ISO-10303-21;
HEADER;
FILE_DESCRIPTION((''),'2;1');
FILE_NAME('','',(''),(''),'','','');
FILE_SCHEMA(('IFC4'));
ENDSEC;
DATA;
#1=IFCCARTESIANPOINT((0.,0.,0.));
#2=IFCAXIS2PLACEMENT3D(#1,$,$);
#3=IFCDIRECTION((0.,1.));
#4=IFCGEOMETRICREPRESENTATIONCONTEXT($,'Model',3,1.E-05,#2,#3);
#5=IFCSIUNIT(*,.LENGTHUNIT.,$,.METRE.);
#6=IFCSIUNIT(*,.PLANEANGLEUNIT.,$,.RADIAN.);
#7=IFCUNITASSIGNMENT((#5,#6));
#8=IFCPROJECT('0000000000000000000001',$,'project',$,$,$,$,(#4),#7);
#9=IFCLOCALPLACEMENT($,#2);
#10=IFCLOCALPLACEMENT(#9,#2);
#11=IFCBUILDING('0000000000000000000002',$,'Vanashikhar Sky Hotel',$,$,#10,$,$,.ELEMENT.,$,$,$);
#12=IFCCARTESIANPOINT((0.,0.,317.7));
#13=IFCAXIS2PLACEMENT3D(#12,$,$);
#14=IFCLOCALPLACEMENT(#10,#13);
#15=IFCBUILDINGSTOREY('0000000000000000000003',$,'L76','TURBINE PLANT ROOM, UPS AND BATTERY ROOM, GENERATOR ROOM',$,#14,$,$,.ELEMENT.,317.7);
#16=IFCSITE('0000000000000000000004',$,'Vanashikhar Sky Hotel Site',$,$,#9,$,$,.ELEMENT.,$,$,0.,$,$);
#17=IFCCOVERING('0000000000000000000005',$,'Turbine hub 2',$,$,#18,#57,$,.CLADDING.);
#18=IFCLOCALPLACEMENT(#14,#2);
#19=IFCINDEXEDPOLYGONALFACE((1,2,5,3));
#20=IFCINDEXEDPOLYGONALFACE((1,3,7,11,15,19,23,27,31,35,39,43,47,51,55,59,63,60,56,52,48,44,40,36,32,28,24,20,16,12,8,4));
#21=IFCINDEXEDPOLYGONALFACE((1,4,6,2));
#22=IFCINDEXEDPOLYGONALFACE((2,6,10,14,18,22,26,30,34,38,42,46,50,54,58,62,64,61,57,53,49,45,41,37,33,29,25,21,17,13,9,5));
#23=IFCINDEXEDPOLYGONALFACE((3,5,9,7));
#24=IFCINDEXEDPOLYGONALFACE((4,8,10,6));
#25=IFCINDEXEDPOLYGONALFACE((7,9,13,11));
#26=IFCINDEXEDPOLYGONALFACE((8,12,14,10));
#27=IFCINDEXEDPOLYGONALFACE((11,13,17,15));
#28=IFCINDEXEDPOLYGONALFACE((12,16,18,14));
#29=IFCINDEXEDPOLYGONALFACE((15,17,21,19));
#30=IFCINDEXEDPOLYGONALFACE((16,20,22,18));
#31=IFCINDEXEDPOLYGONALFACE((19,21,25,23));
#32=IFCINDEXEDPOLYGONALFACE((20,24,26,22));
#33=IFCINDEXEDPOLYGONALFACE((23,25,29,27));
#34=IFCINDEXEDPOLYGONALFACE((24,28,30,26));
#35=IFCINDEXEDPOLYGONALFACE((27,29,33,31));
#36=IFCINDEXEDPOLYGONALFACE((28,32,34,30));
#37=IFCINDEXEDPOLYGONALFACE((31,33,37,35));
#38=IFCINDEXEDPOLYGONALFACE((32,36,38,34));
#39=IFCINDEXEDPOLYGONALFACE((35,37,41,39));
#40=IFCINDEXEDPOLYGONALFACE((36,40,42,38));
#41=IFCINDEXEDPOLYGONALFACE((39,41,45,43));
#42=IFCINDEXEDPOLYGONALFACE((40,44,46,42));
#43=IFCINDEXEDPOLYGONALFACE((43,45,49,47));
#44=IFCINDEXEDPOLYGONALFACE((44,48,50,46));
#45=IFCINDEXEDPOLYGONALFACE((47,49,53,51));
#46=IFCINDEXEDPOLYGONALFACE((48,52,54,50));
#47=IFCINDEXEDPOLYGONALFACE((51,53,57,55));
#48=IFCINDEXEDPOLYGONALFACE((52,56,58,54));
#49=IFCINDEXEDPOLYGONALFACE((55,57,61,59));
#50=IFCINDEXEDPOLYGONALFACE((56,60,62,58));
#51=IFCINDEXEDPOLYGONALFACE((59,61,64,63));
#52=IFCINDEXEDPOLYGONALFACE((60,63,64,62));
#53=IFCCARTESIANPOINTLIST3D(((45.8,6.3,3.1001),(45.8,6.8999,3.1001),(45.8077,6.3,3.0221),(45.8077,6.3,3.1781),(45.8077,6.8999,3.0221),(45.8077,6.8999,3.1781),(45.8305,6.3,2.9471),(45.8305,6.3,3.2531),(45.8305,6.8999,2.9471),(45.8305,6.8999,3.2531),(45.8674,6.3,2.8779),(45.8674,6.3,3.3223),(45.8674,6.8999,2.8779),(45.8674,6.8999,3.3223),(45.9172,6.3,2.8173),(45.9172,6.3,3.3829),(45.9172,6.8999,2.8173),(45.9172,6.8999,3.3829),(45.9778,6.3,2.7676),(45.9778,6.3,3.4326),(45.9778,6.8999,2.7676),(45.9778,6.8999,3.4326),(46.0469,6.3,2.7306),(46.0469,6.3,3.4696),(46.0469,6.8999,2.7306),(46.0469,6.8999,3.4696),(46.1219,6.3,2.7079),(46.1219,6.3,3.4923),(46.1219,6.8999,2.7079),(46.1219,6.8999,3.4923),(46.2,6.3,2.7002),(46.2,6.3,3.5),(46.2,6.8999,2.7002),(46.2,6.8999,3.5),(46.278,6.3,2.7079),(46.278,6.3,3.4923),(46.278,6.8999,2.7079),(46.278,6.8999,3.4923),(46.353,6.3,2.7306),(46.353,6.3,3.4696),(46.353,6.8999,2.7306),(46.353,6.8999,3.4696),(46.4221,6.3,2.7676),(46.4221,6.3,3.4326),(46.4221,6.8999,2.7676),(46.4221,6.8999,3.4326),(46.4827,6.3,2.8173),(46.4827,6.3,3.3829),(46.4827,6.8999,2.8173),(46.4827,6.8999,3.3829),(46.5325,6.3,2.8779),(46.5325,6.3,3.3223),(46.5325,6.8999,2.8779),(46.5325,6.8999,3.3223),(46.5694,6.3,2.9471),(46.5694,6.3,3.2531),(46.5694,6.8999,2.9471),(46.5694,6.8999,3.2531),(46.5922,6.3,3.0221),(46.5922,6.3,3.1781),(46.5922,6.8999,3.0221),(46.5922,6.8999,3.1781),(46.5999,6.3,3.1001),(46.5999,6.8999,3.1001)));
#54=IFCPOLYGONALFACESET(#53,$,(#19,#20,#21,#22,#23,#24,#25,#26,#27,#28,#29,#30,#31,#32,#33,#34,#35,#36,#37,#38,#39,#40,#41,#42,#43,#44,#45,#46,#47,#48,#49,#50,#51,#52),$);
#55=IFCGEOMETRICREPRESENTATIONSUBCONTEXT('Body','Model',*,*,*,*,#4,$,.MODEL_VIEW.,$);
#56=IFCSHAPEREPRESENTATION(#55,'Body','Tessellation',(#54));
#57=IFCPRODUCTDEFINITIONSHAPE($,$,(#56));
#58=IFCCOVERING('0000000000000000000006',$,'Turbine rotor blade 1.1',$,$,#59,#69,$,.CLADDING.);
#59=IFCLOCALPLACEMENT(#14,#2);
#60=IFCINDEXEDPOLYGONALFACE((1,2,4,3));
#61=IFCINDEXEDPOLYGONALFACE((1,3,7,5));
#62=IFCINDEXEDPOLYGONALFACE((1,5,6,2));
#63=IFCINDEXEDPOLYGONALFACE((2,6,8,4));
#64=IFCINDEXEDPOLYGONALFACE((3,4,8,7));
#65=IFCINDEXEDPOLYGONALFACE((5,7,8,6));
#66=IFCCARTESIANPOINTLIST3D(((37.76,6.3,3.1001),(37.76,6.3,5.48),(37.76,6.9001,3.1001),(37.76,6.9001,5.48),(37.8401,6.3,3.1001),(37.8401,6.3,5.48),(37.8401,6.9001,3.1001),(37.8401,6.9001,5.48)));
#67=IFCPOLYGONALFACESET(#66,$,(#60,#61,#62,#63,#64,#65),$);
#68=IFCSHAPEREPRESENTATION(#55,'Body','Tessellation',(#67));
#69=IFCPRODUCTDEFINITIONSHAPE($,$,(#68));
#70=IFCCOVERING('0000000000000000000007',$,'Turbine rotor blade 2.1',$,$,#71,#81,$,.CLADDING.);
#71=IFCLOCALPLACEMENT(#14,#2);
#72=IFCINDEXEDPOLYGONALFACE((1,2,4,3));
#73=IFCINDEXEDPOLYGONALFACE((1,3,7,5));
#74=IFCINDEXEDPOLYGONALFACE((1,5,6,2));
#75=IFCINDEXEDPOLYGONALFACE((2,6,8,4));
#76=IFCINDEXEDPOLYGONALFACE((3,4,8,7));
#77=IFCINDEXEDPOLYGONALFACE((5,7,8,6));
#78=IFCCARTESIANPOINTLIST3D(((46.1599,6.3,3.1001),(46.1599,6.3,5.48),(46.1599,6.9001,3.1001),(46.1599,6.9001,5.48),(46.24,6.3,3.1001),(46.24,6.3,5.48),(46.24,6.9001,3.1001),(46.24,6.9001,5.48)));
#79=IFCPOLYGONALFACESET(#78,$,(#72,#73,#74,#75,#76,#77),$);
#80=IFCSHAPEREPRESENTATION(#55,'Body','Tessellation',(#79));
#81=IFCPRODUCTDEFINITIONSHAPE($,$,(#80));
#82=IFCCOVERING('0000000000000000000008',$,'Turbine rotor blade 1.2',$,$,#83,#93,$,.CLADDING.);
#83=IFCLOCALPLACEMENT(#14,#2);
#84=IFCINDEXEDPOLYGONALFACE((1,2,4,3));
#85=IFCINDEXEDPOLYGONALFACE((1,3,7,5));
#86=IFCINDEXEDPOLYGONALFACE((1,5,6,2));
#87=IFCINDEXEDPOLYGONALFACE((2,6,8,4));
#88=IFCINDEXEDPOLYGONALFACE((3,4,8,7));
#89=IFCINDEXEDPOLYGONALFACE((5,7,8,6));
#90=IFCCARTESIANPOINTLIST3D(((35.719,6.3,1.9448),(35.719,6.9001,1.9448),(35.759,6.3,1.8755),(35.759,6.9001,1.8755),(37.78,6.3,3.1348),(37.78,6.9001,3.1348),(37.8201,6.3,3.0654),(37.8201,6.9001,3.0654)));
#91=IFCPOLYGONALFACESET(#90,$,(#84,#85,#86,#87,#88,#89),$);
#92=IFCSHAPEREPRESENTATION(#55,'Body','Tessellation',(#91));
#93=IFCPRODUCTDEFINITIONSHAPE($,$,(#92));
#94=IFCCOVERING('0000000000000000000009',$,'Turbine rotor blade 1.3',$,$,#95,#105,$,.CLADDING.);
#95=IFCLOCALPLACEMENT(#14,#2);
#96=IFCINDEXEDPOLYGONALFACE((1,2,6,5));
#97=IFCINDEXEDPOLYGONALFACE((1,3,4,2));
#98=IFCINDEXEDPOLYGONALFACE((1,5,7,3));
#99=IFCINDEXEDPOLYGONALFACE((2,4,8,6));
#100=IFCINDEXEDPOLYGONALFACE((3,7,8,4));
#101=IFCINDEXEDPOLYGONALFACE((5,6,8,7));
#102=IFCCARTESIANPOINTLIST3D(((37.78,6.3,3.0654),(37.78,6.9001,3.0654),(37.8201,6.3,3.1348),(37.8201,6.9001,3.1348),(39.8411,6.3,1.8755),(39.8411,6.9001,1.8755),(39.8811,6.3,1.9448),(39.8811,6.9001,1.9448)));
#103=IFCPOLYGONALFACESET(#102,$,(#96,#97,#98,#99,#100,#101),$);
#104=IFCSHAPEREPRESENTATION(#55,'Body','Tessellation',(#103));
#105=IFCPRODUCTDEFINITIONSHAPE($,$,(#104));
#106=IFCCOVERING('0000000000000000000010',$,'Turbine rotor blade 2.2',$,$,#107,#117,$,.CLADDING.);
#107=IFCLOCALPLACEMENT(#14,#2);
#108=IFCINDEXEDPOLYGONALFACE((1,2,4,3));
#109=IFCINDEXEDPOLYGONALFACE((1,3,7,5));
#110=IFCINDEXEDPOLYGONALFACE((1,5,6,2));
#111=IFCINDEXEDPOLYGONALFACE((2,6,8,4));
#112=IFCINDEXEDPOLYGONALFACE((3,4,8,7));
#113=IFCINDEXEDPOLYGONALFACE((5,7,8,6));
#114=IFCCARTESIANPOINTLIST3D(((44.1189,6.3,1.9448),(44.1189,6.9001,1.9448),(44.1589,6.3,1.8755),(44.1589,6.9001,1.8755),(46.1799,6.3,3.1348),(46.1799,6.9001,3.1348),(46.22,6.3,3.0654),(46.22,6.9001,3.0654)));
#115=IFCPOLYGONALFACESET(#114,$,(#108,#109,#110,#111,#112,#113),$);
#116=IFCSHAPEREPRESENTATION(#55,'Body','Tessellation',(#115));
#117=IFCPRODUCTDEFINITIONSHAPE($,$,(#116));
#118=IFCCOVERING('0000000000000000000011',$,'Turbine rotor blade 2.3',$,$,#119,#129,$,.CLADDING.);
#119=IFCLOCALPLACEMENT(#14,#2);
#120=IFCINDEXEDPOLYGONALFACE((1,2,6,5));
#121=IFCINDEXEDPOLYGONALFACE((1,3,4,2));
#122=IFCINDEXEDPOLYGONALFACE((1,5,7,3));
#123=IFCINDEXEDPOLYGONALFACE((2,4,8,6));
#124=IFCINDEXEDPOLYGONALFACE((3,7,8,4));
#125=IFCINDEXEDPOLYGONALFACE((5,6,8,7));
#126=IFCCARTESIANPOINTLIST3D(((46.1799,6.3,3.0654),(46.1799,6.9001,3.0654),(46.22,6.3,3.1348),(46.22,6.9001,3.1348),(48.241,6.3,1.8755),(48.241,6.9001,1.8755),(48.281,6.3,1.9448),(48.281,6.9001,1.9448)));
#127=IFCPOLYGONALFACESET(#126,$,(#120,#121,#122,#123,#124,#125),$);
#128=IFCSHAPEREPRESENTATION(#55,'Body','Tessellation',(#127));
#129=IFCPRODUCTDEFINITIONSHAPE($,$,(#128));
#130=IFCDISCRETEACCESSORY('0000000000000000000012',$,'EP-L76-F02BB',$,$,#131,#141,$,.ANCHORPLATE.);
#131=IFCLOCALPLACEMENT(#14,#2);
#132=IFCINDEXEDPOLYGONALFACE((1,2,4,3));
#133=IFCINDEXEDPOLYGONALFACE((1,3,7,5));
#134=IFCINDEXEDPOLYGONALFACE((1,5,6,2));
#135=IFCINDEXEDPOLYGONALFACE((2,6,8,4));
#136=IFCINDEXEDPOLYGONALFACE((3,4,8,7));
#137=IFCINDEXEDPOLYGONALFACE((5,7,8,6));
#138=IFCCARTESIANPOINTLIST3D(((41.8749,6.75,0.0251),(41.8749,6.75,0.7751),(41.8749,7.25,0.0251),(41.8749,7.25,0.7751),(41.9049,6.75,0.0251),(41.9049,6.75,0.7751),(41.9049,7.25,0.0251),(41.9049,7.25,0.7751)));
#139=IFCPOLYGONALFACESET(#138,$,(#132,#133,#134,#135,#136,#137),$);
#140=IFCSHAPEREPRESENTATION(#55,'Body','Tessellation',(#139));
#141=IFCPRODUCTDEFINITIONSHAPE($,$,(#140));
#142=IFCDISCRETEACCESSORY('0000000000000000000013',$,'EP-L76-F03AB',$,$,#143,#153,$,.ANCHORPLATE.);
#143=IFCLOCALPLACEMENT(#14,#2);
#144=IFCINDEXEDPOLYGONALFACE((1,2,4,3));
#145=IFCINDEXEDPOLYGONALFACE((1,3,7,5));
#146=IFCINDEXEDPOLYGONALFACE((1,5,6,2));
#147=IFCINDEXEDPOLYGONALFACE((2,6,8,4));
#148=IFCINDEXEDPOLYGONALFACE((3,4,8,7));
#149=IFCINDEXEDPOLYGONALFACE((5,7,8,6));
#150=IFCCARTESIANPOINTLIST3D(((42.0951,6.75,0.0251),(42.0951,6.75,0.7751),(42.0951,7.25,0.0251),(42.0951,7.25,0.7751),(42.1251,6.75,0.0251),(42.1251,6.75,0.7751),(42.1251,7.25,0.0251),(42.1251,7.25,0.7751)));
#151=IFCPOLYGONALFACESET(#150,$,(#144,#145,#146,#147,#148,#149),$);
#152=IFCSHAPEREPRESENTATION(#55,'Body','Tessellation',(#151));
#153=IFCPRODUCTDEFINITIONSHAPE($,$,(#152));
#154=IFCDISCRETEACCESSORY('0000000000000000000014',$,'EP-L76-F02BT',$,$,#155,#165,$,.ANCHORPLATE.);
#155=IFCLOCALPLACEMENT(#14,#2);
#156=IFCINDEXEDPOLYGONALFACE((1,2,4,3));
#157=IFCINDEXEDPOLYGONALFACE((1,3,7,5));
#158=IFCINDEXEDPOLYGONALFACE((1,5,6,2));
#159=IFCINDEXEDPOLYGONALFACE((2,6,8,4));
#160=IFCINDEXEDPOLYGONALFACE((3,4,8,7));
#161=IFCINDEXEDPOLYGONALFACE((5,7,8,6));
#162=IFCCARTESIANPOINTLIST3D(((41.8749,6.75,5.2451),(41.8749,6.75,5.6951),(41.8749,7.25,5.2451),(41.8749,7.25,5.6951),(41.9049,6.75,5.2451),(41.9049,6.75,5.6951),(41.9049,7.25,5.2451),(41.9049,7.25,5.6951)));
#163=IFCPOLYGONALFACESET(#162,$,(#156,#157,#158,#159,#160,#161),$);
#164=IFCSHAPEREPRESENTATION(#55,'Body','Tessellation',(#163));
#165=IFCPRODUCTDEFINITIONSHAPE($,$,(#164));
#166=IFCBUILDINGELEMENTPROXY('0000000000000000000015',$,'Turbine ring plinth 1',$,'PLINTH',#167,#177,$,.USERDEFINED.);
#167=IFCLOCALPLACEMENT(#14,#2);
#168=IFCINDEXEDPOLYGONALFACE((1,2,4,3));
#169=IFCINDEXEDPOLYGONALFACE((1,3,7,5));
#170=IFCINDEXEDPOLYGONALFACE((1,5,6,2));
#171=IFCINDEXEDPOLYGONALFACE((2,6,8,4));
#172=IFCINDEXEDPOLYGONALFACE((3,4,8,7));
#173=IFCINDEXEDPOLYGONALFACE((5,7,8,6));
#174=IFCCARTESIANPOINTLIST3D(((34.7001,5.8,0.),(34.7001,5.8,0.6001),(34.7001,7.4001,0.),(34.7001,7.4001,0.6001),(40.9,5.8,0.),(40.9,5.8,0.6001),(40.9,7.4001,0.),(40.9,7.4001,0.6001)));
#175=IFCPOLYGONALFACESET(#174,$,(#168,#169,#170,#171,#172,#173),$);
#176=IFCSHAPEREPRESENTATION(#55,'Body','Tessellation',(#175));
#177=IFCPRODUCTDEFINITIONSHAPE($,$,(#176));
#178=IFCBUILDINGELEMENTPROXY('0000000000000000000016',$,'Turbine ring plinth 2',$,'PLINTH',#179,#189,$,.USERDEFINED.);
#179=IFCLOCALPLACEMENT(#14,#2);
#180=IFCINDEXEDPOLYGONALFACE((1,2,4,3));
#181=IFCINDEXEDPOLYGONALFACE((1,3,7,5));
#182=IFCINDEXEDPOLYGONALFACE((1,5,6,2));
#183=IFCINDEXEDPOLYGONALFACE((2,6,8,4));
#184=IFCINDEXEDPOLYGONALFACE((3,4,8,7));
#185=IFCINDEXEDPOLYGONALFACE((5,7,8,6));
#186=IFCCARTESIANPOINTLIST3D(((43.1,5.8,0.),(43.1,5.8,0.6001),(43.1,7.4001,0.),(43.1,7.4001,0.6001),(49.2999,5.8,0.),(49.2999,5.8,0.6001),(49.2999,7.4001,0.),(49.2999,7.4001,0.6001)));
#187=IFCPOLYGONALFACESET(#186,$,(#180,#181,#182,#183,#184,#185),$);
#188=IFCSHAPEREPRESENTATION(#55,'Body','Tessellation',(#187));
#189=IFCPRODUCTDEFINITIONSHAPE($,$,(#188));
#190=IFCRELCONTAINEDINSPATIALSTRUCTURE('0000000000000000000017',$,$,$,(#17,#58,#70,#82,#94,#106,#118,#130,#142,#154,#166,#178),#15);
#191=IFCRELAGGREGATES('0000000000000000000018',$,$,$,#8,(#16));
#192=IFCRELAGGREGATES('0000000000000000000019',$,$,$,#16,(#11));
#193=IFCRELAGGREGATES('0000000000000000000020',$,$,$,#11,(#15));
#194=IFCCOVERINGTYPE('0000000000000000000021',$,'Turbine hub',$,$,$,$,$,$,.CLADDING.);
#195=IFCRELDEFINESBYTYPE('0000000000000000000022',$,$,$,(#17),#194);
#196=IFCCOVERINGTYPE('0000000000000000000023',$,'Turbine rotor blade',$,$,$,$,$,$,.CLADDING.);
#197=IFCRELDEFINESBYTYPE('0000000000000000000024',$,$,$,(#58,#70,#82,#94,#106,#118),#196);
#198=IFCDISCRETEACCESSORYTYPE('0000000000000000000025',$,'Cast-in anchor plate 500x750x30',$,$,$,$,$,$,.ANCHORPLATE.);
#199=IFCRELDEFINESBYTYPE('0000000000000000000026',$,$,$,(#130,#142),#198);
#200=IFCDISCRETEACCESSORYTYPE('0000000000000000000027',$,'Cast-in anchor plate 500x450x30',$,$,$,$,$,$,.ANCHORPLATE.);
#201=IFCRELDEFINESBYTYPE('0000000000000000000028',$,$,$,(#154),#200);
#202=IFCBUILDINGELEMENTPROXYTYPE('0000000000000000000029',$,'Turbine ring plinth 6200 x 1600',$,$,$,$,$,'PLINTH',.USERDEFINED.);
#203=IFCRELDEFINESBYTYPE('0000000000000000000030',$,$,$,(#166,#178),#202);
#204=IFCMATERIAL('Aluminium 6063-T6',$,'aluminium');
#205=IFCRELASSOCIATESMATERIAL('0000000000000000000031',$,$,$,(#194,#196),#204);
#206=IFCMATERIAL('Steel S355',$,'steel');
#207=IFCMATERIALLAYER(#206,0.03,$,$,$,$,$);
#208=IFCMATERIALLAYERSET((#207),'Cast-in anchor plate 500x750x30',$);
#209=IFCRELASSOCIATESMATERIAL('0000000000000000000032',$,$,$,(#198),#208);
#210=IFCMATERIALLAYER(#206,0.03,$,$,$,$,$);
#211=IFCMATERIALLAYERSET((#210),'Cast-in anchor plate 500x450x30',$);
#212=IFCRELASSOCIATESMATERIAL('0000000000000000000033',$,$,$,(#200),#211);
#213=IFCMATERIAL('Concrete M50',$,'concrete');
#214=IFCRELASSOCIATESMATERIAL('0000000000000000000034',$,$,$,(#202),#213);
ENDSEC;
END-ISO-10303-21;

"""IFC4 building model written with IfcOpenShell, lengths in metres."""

from ifc_helpers import new_model, si_unit, direction, frame, origin, origin_2d, place, context, subcontext, project, spatial, rectangle, circle, extrude, source, transform, mapped, material, layer, layer_set, material_profile, profile_set, type_object, element, save


model = new_model("IFC4")

# Units and contexts
model_context = context("Model", 3, precision=1e-05, world=origin(), true_north=direction((0.0, 1.0)))
body_context = subcontext(model_context, "Body", "Model", "MODEL_VIEW")
ifc_project = project(units=[si_unit("LENGTHUNIT", "METRE"), si_unit("PLANEANGLEUNIT", "RADIAN")], contexts=[model_context])

# Site, building, storey
site_placement = place(None, origin())
site = spatial("IfcSite", under=ifc_project, at=site_placement, Name="Vanashikhar Sky Hotel Site", CompositionType="ELEMENT", RefElevation=0.0)
building_placement = place(site_placement, origin())
building = spatial("IfcBuilding", under=site, at=building_placement, Name="Vanashikhar Sky Hotel", CompositionType="ELEMENT")
storey_placement = place(building_placement, frame((0.0, 0.0, 317.7)))
storey = spatial("IfcBuildingStorey", under=building, at=storey_placement, Name="L76", Description="TURBINE PLANT ROOM, UPS AND BATTERY ROOM, GENERATOR ROOM", CompositionType="ELEMENT", Elevation=317.7)

# Shared definitions
ifc_material_1 = material(Name="Steel S355", Category="steel")

# Shared definitions
ifc_material_2 = material(Name="Concrete M50", Category="concrete")

# Coverings
ifc_material_3 = material(Name="Aluminium 6063-T6", Category="aluminium")
ifc_material_profile_1 = material_profile(ifc_material_3, circle(Radius=0.3999, at=origin_2d()))
ifc_profile_set_1 = profile_set([ifc_material_profile_1], Name="Turbine hub")
covering_type_1 = type_object("IfcCoveringType", Name="Turbine hub", PredefinedType="CLADDING", material=ifc_profile_set_1)
shared_shape_1 = source(origin(), body_context, "Body", "SweptSolid", [
    extrude(circle(Radius=0.3999, at=origin_2d()), origin(), (0.0, 0.0, 1.0), 0.5999),
])
covering_1_placement = place(storey_placement, frame((46.2, 6.3, 3.1001), z_axis=(0.0, 1.0, 0.0), x_axis=(-1.0, 0.0, 0.0)))
element("IfcCovering", 1, at=covering_1_placement, inside=storey, type_object=covering_type_1, Name="Turbine hub 2", PredefinedType="CLADDING", context=body_context, shape_type="MappedRepresentation", body=[
    mapped(shared_shape_1, transform((0.0, 0.0, 0.0), scale=1.0)),
])
ifc_material_profile_2 = material_profile(ifc_material_3, rectangle(XDim=0.6001, YDim=0.0801, at=origin_2d()))
ifc_profile_set_2 = profile_set([ifc_material_profile_2], Name="Turbine rotor blade")
covering_type_2 = type_object("IfcCoveringType", Name="Turbine rotor blade", PredefinedType="CLADDING", material=ifc_profile_set_2)
shared_shape_2 = source(origin(), body_context, "Body", "SweptSolid", [
    extrude(rectangle(XDim=0.6001, YDim=0.0801, at=origin_2d()), origin(), (0.0, 0.0, 1.0), 2.3799),
])
for number, where, z_axis, x_axis, name in (
    (2, (37.8, 6.6001, 3.1001), (0.0, 0.0, 1.0), (0.0, 1.0, 0.0), "Turbine rotor blade 1.1"),
    (3, (46.2, 6.6001, 3.1001), (0.0, 0.0, 1.0), (0.0, 1.0, 0.0), "Turbine rotor blade 2.1"),
):
    element("IfcCovering", number, at=place(storey_placement, frame(where, z_axis=z_axis, x_axis=x_axis)), inside=storey, type_object=covering_type_2, Name=name, PredefinedType="CLADDING", context=body_context, shape_type="MappedRepresentation", body=[
        mapped(shared_shape_2, transform((0.0, 0.0, 0.0), scale=1.0)),
    ])
shared_shape_3 = source(origin(), body_context, "Body", "SweptSolid", [
    extrude(rectangle(XDim=0.6001, YDim=0.0801, at=origin_2d()), origin(), (0.0, 0.0, 1.0), 2.3799),
])
for number, where, z_axis, x_axis, name in (
    (4, (37.8, 6.6001, 3.1001), (-0.866025, 0.0, -0.500001), (0.0, -1.0, 0.0), "Turbine rotor blade 1.2"),
    (5, (37.8, 6.6001, 3.1001), (0.866025, 0.0, -0.500001), (0.0, 1.0, 0.0), "Turbine rotor blade 1.3"),
    (6, (46.2, 6.6001, 3.1001), (-0.866025, 0.0, -0.500001), (0.0, -1.0, 0.0), "Turbine rotor blade 2.2"),
    (7, (46.2, 6.6001, 3.1001), (0.866025, 0.0, -0.500001), (0.0, 1.0, 0.0), "Turbine rotor blade 2.3"),
):
    element("IfcCovering", number, at=place(storey_placement, frame(where, z_axis=z_axis, x_axis=x_axis)), inside=storey, type_object=covering_type_2, Name=name, PredefinedType="CLADDING", context=body_context, shape_type="MappedRepresentation", body=[
        mapped(shared_shape_3, transform((0.0, 0.0, 0.0), scale=1.0)),
    ])

# Discrete accessories
ifc_layer_1 = layer(ifc_material_1, 0.03)
ifc_layer_set_1 = layer_set([ifc_layer_1], Name="Cast-in anchor plate 500x750x30")
discrete_accessory_type_1 = type_object("IfcDiscreteAccessoryType", Name="Cast-in anchor plate 500x750x30", PredefinedType="ANCHORPLATE", material=ifc_layer_set_1)
shared_shape_4 = source(origin(), body_context, "Body", "SweptSolid", [
    extrude(rectangle(XDim=0.03, YDim=0.5, at=origin_2d()), origin(), (0.0, 0.0, 1.0), 0.75),
])
for number, where, z_axis, x_axis, name in (
    (8, (41.8899, 7.0, 0.0251), (0.0, 0.0, 1.0), (1.0, 0.0, 0.0), "EP-L76-F02BB"),
    (9, (42.1101, 7.0, 0.0251), (0.0, 0.0, 1.0), (1.0, 0.0, 0.0), "EP-L76-F03AB"),
):
    element("IfcDiscreteAccessory", number, at=place(storey_placement, frame(where, z_axis=z_axis, x_axis=x_axis)), inside=storey, type_object=discrete_accessory_type_1, Name=name, PredefinedType="ANCHORPLATE", context=body_context, shape_type="MappedRepresentation", body=[
        mapped(shared_shape_4, transform((0.0, 0.0, 0.0), scale=1.0)),
    ])
ifc_layer_2 = layer(ifc_material_1, 0.03)
ifc_layer_set_2 = layer_set([ifc_layer_2], Name="Cast-in anchor plate 500x450x30")
discrete_accessory_type_2 = type_object("IfcDiscreteAccessoryType", Name="Cast-in anchor plate 500x450x30", PredefinedType="ANCHORPLATE", material=ifc_layer_set_2)
shared_shape_5 = source(origin(), body_context, "Body", "SweptSolid", [
    extrude(rectangle(XDim=0.03, YDim=0.5, at=origin_2d()), origin(), (0.0, 0.0, 1.0), 0.45),
])
discrete_accessory_placement = place(storey_placement, frame((41.8899, 7.0, 5.2451), z_axis=(0.0, 0.0, 1.0), x_axis=(1.0, 0.0, 0.0)))
element("IfcDiscreteAccessory", 10, at=discrete_accessory_placement, inside=storey, type_object=discrete_accessory_type_2, Name="EP-L76-F02BT", PredefinedType="ANCHORPLATE", context=body_context, shape_type="MappedRepresentation", body=[
    mapped(shared_shape_5, transform((0.0, 0.0, 0.0), scale=1.0)),
])

# Building element proxies
building_element_proxy_type = type_object("IfcBuildingElementProxyType", Name="Turbine ring plinth 6200 x 1600", ElementType="PLINTH", PredefinedType="USERDEFINED", material=ifc_material_2)
shared_shape_6 = source(origin(), body_context, "Body", "SweptSolid", [
    extrude(rectangle(XDim=6.2, YDim=1.6001, at=origin_2d()), origin(), (0.0, 0.0, 1.0), 0.6001),
])
for number, where, z_axis, x_axis, name in (
    (11, (37.8, 6.6001, 0.0), (0.0, 0.0, 1.0), (1.0, 0.0, 0.0), "Turbine ring plinth 1"),
    (12, (46.2, 6.6001, 0.0), (0.0, 0.0, 1.0), (1.0, 0.0, 0.0), "Turbine ring plinth 2"),
):
    element("IfcBuildingElementProxy", number, at=place(storey_placement, frame(where, z_axis=z_axis, x_axis=x_axis)), inside=storey, type_object=building_element_proxy_type, Name=name, ObjectType="PLINTH", PredefinedType="USERDEFINED", context=body_context, shape_type="MappedRepresentation", body=[
        mapped(shared_shape_6, transform((0.0, 0.0, 0.0), scale=1.0)),
    ])

save(model, "model.ifc")
